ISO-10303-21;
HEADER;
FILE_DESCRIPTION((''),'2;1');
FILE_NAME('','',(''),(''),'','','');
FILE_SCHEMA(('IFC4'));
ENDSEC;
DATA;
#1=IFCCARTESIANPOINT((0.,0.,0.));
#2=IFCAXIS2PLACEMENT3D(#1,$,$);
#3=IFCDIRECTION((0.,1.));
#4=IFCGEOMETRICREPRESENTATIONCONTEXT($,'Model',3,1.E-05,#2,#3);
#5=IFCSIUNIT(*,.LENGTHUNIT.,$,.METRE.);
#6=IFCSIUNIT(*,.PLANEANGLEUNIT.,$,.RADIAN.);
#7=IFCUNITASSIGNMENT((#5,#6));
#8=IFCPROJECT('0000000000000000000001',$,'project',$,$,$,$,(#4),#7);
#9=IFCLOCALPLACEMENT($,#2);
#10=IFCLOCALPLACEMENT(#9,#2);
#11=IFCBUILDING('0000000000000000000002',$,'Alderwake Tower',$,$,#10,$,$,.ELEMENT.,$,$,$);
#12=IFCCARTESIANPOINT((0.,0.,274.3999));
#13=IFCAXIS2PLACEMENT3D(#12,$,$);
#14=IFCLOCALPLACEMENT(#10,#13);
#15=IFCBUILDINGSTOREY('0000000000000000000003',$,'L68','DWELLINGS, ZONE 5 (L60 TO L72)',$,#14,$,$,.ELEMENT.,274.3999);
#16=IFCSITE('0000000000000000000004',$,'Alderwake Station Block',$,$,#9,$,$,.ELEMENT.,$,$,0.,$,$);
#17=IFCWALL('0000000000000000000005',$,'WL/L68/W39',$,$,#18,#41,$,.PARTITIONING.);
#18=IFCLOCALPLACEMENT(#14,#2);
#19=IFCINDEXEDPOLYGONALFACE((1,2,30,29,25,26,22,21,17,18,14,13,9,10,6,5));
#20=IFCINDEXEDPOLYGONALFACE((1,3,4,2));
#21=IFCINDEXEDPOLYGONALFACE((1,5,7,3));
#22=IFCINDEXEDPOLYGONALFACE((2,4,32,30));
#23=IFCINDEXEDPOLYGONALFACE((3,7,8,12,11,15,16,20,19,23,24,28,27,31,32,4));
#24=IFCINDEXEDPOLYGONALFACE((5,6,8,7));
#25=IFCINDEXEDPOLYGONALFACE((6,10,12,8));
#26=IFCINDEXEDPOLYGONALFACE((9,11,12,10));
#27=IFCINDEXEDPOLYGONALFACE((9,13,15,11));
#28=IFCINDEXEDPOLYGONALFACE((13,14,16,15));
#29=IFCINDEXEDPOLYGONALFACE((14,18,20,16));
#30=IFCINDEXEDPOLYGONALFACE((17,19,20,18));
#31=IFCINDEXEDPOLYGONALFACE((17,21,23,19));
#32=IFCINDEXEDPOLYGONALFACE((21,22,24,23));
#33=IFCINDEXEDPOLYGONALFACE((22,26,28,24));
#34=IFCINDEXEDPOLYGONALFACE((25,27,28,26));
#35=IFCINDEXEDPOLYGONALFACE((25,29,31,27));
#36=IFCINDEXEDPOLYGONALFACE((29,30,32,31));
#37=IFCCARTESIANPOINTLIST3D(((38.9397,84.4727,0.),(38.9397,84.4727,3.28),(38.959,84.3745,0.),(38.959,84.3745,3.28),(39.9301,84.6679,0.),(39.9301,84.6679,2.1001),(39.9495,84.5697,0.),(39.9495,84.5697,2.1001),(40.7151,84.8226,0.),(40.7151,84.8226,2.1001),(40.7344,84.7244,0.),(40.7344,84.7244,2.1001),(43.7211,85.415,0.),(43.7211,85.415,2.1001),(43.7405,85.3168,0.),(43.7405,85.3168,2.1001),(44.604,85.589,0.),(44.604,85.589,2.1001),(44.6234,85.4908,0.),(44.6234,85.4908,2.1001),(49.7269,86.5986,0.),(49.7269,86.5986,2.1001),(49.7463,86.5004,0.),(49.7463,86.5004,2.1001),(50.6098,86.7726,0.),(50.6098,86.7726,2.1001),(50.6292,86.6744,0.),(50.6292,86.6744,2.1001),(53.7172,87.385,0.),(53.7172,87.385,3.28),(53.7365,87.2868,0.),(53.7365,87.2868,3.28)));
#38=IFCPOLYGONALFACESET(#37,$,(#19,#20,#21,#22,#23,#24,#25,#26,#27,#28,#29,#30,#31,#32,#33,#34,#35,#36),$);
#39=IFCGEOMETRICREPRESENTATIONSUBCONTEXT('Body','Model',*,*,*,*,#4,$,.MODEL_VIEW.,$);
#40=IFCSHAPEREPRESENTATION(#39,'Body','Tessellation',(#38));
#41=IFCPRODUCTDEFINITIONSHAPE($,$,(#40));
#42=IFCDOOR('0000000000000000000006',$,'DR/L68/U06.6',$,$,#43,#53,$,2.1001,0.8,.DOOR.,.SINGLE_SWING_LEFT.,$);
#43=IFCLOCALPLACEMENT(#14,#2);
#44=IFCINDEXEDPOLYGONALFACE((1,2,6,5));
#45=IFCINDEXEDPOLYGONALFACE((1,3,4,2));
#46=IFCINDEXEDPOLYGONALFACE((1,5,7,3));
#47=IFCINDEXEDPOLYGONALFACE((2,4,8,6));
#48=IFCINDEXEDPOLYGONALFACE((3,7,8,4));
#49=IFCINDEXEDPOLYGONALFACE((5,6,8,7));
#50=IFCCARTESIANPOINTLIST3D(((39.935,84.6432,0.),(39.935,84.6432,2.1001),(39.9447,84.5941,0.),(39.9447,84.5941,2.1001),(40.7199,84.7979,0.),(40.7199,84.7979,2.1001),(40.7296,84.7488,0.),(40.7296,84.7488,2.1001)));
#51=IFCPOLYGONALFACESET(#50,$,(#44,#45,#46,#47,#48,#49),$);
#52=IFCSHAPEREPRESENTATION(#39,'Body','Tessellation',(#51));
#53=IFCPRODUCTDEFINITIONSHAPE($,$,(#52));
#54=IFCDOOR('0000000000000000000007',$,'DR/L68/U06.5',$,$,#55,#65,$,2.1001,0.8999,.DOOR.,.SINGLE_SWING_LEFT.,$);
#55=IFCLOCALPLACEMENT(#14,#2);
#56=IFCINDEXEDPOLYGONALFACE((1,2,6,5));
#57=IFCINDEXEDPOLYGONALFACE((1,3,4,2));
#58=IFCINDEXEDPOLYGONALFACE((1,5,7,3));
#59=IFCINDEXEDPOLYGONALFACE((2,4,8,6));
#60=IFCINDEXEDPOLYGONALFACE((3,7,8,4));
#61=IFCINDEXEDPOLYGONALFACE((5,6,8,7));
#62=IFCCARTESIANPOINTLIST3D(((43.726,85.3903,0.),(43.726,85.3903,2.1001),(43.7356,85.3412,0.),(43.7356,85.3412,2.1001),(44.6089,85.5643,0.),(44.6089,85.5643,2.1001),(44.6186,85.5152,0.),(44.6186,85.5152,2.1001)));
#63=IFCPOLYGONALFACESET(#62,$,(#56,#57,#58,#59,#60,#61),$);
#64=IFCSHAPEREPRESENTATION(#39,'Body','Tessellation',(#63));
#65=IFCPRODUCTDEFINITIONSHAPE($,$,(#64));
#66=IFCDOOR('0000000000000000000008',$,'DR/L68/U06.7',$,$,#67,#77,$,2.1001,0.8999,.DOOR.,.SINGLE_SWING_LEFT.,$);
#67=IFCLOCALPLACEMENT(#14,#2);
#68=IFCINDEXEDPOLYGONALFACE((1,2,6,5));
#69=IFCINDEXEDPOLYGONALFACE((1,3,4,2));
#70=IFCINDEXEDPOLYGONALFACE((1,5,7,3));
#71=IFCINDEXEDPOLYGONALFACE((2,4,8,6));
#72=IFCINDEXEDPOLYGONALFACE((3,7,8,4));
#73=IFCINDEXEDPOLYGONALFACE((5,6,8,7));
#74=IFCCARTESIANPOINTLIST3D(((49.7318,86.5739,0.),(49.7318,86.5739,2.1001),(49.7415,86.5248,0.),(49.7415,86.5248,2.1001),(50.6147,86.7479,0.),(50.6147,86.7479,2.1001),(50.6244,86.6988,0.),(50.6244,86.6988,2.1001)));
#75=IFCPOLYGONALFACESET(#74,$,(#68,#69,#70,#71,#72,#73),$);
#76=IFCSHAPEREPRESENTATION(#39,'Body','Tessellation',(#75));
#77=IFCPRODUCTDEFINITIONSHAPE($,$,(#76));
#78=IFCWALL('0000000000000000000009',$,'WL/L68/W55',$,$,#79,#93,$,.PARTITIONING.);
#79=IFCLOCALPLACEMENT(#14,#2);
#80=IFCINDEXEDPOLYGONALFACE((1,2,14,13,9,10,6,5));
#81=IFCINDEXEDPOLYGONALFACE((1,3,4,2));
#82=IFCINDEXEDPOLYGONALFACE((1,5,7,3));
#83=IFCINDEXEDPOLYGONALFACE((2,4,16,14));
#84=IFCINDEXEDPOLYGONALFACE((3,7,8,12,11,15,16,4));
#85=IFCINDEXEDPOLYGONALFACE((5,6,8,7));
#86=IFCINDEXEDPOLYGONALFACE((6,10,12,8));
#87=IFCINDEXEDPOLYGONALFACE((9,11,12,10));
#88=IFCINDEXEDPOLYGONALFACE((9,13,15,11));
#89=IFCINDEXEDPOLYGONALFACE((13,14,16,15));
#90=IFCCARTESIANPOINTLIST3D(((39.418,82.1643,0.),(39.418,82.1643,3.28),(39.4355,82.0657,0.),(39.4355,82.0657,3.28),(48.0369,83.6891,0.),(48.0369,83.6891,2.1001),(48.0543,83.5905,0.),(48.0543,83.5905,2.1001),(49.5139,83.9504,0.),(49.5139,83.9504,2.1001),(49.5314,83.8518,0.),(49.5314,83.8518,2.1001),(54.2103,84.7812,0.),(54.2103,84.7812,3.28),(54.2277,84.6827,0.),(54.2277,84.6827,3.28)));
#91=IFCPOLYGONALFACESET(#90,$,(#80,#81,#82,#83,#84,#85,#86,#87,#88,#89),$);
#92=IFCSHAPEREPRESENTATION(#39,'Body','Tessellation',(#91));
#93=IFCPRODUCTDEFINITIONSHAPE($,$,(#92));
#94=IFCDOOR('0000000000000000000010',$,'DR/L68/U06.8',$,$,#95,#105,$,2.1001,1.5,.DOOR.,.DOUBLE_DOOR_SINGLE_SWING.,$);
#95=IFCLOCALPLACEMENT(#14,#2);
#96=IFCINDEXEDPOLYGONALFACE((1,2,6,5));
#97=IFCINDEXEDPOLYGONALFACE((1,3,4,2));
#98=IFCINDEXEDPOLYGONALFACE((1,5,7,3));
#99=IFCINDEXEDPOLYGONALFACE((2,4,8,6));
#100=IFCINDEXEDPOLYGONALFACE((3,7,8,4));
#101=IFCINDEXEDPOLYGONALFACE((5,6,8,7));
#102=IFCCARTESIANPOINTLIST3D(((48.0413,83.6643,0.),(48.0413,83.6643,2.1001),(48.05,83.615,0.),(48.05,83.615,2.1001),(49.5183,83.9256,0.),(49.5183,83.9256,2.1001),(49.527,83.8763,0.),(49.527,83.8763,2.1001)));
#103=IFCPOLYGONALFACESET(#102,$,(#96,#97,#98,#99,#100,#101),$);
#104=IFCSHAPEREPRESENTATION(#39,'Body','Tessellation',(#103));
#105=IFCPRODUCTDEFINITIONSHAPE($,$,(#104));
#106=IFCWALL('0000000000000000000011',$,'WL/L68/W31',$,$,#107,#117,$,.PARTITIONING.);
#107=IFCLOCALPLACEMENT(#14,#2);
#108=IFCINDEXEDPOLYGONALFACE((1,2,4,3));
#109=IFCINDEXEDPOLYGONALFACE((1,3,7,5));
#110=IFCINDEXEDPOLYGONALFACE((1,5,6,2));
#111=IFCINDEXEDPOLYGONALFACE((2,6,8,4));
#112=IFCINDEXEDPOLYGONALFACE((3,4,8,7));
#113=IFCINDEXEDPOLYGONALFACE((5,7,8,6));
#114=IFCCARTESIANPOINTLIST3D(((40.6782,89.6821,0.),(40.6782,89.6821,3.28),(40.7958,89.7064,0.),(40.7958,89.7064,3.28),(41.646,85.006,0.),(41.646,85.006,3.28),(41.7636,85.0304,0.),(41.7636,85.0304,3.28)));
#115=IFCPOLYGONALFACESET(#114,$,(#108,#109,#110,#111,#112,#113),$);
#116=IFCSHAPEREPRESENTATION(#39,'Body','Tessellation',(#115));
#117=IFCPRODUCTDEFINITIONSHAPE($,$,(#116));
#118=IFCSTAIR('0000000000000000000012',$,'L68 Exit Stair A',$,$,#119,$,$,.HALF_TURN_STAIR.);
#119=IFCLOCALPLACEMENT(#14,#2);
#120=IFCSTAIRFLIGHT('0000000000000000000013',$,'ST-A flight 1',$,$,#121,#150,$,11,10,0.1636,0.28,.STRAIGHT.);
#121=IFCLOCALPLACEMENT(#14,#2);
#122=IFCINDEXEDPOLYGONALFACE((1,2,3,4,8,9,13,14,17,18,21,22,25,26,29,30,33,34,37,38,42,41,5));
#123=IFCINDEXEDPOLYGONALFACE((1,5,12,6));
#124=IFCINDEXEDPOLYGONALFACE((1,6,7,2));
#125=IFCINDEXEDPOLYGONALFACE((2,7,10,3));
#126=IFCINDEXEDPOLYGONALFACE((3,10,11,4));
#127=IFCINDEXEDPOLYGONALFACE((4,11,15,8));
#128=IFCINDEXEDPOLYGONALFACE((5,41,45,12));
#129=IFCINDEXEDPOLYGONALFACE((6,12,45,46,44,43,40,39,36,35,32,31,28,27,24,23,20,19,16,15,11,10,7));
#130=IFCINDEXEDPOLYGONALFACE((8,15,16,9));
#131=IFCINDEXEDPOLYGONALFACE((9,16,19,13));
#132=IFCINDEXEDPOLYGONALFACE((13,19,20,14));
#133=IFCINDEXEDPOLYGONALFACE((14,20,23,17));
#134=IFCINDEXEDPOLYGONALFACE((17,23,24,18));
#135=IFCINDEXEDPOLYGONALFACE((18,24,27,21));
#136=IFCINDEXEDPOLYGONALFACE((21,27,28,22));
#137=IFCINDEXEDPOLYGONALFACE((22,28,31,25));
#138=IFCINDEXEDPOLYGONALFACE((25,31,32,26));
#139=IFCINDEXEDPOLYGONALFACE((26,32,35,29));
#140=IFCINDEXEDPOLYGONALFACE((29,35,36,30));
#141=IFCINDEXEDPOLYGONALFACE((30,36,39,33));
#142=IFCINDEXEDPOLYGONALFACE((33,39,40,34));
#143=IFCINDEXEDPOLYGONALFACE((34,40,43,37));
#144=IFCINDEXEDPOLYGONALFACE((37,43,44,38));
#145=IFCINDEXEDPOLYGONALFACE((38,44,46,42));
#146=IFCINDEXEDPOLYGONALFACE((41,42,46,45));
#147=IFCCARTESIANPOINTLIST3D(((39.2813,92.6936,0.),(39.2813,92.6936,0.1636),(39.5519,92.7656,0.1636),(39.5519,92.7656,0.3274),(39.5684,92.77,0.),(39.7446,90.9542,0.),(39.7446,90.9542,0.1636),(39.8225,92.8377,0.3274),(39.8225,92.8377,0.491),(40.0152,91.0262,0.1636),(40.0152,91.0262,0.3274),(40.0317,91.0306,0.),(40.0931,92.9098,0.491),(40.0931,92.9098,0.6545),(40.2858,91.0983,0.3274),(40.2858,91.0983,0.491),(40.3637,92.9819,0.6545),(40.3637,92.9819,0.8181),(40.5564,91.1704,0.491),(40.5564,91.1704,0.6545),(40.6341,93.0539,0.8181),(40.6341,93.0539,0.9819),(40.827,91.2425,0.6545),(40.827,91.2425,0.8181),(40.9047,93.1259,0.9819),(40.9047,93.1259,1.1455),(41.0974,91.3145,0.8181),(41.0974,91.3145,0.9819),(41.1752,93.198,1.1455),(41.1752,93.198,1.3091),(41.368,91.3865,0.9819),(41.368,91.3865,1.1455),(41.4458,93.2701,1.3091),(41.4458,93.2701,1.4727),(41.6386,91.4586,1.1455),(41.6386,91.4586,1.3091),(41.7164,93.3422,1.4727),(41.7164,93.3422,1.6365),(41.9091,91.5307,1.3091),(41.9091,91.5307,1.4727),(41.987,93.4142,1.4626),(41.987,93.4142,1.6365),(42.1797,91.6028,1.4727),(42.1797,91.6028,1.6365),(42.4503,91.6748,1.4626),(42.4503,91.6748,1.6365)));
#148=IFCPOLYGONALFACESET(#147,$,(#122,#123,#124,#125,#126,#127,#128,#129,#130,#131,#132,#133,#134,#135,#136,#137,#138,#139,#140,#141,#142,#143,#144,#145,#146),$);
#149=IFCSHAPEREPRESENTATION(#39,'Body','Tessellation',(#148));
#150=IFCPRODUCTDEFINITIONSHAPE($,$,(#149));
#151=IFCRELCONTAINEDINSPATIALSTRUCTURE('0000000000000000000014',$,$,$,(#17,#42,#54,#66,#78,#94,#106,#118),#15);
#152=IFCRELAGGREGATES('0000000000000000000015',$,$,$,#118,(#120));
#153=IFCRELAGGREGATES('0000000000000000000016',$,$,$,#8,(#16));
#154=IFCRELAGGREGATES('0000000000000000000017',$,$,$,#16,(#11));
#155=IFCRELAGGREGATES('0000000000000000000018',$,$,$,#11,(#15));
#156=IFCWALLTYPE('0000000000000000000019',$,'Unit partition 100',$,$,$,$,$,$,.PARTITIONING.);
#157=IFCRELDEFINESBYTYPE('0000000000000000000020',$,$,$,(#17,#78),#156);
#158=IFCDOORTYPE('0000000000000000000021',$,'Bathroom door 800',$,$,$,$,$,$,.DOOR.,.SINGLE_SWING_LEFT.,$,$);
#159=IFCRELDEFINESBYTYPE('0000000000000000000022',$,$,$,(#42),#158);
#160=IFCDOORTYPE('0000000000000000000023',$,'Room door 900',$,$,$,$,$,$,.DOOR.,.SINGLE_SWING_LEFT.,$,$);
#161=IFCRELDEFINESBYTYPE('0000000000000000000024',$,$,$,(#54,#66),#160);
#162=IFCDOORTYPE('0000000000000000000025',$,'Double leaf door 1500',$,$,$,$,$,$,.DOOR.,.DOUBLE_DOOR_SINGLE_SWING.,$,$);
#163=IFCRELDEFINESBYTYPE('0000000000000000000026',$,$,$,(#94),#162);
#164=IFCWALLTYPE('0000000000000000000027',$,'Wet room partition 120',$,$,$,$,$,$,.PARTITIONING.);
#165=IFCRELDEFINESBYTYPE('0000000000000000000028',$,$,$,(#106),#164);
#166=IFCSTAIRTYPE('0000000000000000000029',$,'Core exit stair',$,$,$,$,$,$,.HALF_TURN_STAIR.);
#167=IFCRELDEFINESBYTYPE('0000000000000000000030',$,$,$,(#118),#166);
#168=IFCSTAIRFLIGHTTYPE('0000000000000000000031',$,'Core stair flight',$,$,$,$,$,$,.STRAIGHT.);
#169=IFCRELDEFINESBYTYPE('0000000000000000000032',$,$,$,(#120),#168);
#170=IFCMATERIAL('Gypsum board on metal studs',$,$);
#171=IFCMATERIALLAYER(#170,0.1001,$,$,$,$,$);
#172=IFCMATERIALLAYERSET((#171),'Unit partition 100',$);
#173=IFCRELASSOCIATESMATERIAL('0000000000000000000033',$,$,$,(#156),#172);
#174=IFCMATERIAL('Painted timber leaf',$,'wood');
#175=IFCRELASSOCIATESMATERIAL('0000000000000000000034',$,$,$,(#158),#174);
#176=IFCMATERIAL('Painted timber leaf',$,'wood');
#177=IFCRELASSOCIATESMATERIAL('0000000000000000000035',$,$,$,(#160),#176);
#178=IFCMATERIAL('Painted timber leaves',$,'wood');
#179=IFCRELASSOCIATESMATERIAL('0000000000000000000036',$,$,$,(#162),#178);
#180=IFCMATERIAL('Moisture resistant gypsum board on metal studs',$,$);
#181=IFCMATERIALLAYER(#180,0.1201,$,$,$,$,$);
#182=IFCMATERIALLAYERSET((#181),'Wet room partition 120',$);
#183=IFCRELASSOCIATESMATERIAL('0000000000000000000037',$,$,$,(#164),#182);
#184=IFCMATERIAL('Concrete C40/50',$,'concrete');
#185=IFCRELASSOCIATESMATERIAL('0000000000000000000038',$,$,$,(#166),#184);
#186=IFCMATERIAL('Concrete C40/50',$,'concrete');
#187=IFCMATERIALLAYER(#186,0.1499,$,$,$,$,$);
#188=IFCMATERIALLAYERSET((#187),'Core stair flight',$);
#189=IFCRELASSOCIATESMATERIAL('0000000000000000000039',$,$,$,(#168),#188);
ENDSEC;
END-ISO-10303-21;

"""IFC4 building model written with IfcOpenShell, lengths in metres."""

from ifc_helpers import new_model, si_unit, direction, frame, frame_2d, origin, place, context, subcontext, project, spatial, polyline, rectangle, outline, extrude, material, layer, layer_set, type_object, element, fill, aggregate, save


model = new_model("IFC4")

# Units and contexts
model_context = context("Model", 3, precision=1e-05, world=origin(), true_north=direction((0.0, 1.0)))
body_context = subcontext(model_context, "Body", "Model", "MODEL_VIEW")
ifc_project = project(units=[si_unit("LENGTHUNIT", "METRE"), si_unit("PLANEANGLEUNIT", "RADIAN")], contexts=[model_context])

# Site, building, storey
site_placement = place(None, origin())
site = spatial("IfcSite", under=ifc_project, at=site_placement, Name="Alderwake Station Block", CompositionType="ELEMENT", RefElevation=0.0)
building_placement = place(site_placement, origin())
building = spatial("IfcBuilding", under=site, at=building_placement, Name="Alderwake Tower", CompositionType="ELEMENT")
storey_placement = place(building_placement, frame((0.0, 0.0, 274.3999)))
storey = spatial("IfcBuildingStorey", under=building, at=storey_placement, Name="L68", Description="DWELLINGS, ZONE 5 (L60 TO L72)", CompositionType="ELEMENT", Elevation=274.3999)

# Wall, openings, doors
ifc_material_1 = material(Name="Gypsum board on metal studs")
ifc_layer_1 = layer(ifc_material_1, 0.1001)
ifc_layer_set_1 = layer_set([ifc_layer_1], Name="Unit partition 100")
wall_type_1 = type_object("IfcWallType", Name="Unit partition 100", PredefinedType="PARTITIONING", material=ifc_layer_set_1)
wall_1_placement = place(storey_placement, frame((38.9495, 84.4236, 0.0), z_axis=(0.0, 0.0, 1.0), x_axis=(0.981128, 0.19336, 0.0)))
wall_1 = element("IfcWall", 1, at=wall_1_placement, inside=storey, type_object=wall_type_1, Name="WL/L68/W39", PredefinedType="PARTITIONING", context=body_context, shape_type="SweptSolid", body=[
    extrude(rectangle(XDim=15.0618, YDim=0.1001, at=frame_2d((7.5308, 0.0))), origin(), (0.0, 0.0, 1.0), 3.28),
])
opening_1_placement = place(wall_1_placement, frame((4.8733, 0.0, 0.0)))
opening_1 = element("IfcOpeningElement", 2, at=opening_1_placement, cuts=wall_1, PredefinedType="OPENING", context=body_context, shape_type="SweptSolid", body=[
    extrude(rectangle(XDim=0.8999, YDim=2.1001, at=frame_2d((0.45, 1.05))), frame((0.0, 0.0601, 0.0), z_axis=(0.0, -1.0, 0.0), x_axis=(1.0, 0.0, 0.0)), (0.0, 0.0, 1.0), 0.1201),
])
opening_2_placement = place(wall_1_placement, frame((1.0095, 0.0, 0.0)))
opening_2 = element("IfcOpeningElement", 3, at=opening_2_placement, cuts=wall_1, PredefinedType="OPENING", context=body_context, shape_type="SweptSolid", body=[
    extrude(rectangle(XDim=0.8, YDim=2.1001, at=frame_2d((0.3999, 1.05))), frame((0.0, 0.0601, 0.0), z_axis=(0.0, -1.0, 0.0), x_axis=(1.0, 0.0, 0.0)), (0.0, 0.0, 1.0), 0.1201),
])
opening_3_placement = place(wall_1_placement, frame((10.9946, 0.0, 0.0)))
opening_3 = element("IfcOpeningElement", 4, at=opening_3_placement, cuts=wall_1, PredefinedType="OPENING", context=body_context, shape_type="SweptSolid", body=[
    extrude(rectangle(XDim=0.8999, YDim=2.1001, at=frame_2d((0.45, 1.05))), frame((0.0, 0.0601, 0.0), z_axis=(0.0, -1.0, 0.0), x_axis=(1.0, 0.0, 0.0)), (0.0, 0.0, 1.0), 0.1201),
])
ifc_material_2 = material(Name="Painted timber leaf", Category="wood")
door_type_1 = type_object("IfcDoorType", Name="Bathroom door 800", OperationType="SINGLE_SWING_LEFT", PredefinedType="DOOR", material=ifc_material_2)
door_1_placement = place(opening_2_placement, origin())
door_1 = element("IfcDoor", 5, at=door_1_placement, inside=storey, type_object=door_type_1, Name="DR/L68/U06.6", OperationType="SINGLE_SWING_LEFT", OverallHeight=2.1001, OverallWidth=0.8, PredefinedType="DOOR", context=body_context, shape_type="SweptSolid", body=[
    extrude(rectangle(XDim=0.8, YDim=2.1001, at=frame_2d((0.3999, 1.05))), frame((0.0, 0.0249, 0.0), z_axis=(0.0, -1.0, 0.0), x_axis=(1.0, 0.0, 0.0)), (0.0, 0.0, 1.0), 0.05),
])
fill(opening_2, door_1)
ifc_material_3 = material(Name="Painted timber leaf", Category="wood")
door_type_2 = type_object("IfcDoorType", Name="Room door 900", OperationType="SINGLE_SWING_LEFT", PredefinedType="DOOR", material=ifc_material_3)
door_2_placement = place(opening_1_placement, origin())
door_2 = element("IfcDoor", 6, at=door_2_placement, inside=storey, type_object=door_type_2, Name="DR/L68/U06.5", OperationType="SINGLE_SWING_LEFT", OverallHeight=2.1001, OverallWidth=0.8999, PredefinedType="DOOR", context=body_context, shape_type="SweptSolid", body=[
    extrude(rectangle(XDim=0.8999, YDim=2.1001, at=frame_2d((0.45, 1.05))), frame((0.0, 0.0249, 0.0), z_axis=(0.0, -1.0, 0.0), x_axis=(1.0, 0.0, 0.0)), (0.0, 0.0, 1.0), 0.05),
])
fill(opening_1, door_2)
door_3_placement = place(opening_3_placement, origin())
door_3 = element("IfcDoor", 7, at=door_3_placement, inside=storey, type_object=door_type_2, Name="DR/L68/U06.7", OperationType="SINGLE_SWING_LEFT", OverallHeight=2.1001, OverallWidth=0.8999, PredefinedType="DOOR", context=body_context, shape_type="SweptSolid", body=[
    extrude(rectangle(XDim=0.8999, YDim=2.1001, at=frame_2d((0.45, 1.05))), frame((0.0, 0.0249, 0.0), z_axis=(0.0, -1.0, 0.0), x_axis=(1.0, 0.0, 0.0)), (0.0, 0.0, 1.0), 0.05),
])
fill(opening_3, door_3)

# Wall, opening, door
wall_2_placement = place(storey_placement, frame((39.4268, 82.115, 0.0), z_axis=(0.0, 0.0, 1.0), x_axis=(0.984709, 0.174208, 0.0)))
wall_2 = element("IfcWall", 8, at=wall_2_placement, inside=storey, type_object=wall_type_1, Name="WL/L68/W55", PredefinedType="PARTITIONING", context=body_context, shape_type="SweptSolid", body=[
    extrude(rectangle(XDim=15.022, YDim=0.1001, at=frame_2d((7.511, 0.0))), origin(), (0.0, 0.0, 1.0), 3.28),
])
opening_4_placement = place(wall_2_placement, frame((8.7527, 0.0, 0.0)))
opening_4 = element("IfcOpeningElement", 9, at=opening_4_placement, cuts=wall_2, PredefinedType="OPENING", context=body_context, shape_type="SweptSolid", body=[
    extrude(rectangle(XDim=1.5, YDim=2.1001, at=frame_2d((0.75, 1.05))), frame((0.0, 0.0601, 0.0), z_axis=(0.0, -1.0, 0.0), x_axis=(1.0, 0.0, 0.0)), (0.0, 0.0, 1.0), 0.1201),
])
ifc_material_4 = material(Name="Painted timber leaves", Category="wood")
door_type_3 = type_object("IfcDoorType", Name="Double leaf door 1500", OperationType="DOUBLE_DOOR_SINGLE_SWING", PredefinedType="DOOR", material=ifc_material_4)
door_4_placement = place(opening_4_placement, origin())
door_4 = element("IfcDoor", 10, at=door_4_placement, inside=storey, type_object=door_type_3, Name="DR/L68/U06.8", OperationType="DOUBLE_DOOR_SINGLE_SWING", OverallHeight=2.1001, OverallWidth=1.5, PredefinedType="DOOR", context=body_context, shape_type="SweptSolid", body=[
    extrude(rectangle(XDim=1.5, YDim=2.1001, at=frame_2d((0.75, 1.05))), frame((0.0, 0.0249, 0.0), z_axis=(0.0, -1.0, 0.0), x_axis=(1.0, 0.0, 0.0)), (0.0, 0.0, 1.0), 0.05),
])
fill(opening_4, door_4)

# Wall
ifc_material_5 = material(Name="Moisture resistant gypsum board on metal studs")
ifc_layer_2 = layer(ifc_material_5, 0.1201)
ifc_layer_set_2 = layer_set([ifc_layer_2], Name="Wet room partition 120")
wall_type_2 = type_object("IfcWallType", Name="Wet room partition 120", PredefinedType="PARTITIONING", material=ifc_layer_set_2)
wall_3_placement = place(storey_placement, frame((41.7048, 85.0181, 0.0), z_axis=(0.0, 0.0, 1.0), x_axis=(-0.20267, 0.979247, 0.0)))
element("IfcWall", 11, at=wall_3_placement, inside=storey, type_object=wall_type_2, Name="WL/L68/W31", PredefinedType="PARTITIONING", context=body_context, shape_type="SweptSolid", body=[
    extrude(rectangle(XDim=4.7751, YDim=0.1201, at=frame_2d((2.3877, 0.0))), origin(), (0.0, 0.0, 1.0), 3.28),
])

# Stair, stair flight
ifc_material_6 = material(Name="Concrete C40/50", Category="concrete")
stair_type = type_object("IfcStairType", Name="Core exit stair", PredefinedType="HALF_TURN_STAIR", material=ifc_material_6)
stair_placement = place(storey_placement, origin())
stair = element("IfcStair", 12, at=stair_placement, inside=storey, type_object=stair_type, Name="L68 Exit Stair A", PredefinedType="HALF_TURN_STAIR")
ifc_material_7 = material(Name="Concrete C40/50", Category="concrete")
ifc_layer_3 = layer(ifc_material_7, 0.1499)
ifc_layer_set_3 = layer_set([ifc_layer_3], Name="Core stair flight")
stair_flight_type = type_object("IfcStairFlightType", Name="Core stair flight", PredefinedType="STRAIGHT", material=ifc_layer_set_3)
stair_flight_1_placement = place(storey_placement, frame((39.5129, 91.824, 0.0), z_axis=(0.0, 0.0, 1.0), x_axis=(0.96631, 0.257382, 0.0)))
stair_flight_1 = element("IfcStairFlight", 13, at=stair_flight_1_placement, type_object=stair_flight_type, Name="ST-A flight 1", NumberOfRisers=11, NumberOfTreads=10, PredefinedType="STRAIGHT", RiserHeight=0.1636, TreadLength=0.28, context=body_context, shape_type="SweptSolid", body=[
    extrude(outline(polyline([(0.0, 0.0), (0.0, 0.1636), (0.28, 0.1636), (0.28, 0.3274), (0.5601, 0.3274), (0.5601, 0.491), (0.8401, 0.491), (0.8401, 0.6545), (1.1201, 0.6545), (1.1201, 0.8181), (1.3999, 0.8181), (1.3999, 0.9819), (1.6799, 0.9819), (1.6799, 1.1455), (1.96, 1.1455), (1.96, 1.3091), (2.24, 1.3091), (2.24, 1.4727), (2.52, 1.4727), (2.52, 1.6365), (2.8, 1.6365), (2.8, 1.8), (2.8, 1.4626), (0.2971, 0.0), (0.0, 0.0)])), frame((0.0, 0.8999, 0.0), z_axis=(0.0, -1.0, 0.0), x_axis=(1.0, 0.0, 0.0)), (0.0, 0.0, 1.0), 1.8),
])
aggregate(stair, [stair_flight_1])

save(model, "model.ifc")
